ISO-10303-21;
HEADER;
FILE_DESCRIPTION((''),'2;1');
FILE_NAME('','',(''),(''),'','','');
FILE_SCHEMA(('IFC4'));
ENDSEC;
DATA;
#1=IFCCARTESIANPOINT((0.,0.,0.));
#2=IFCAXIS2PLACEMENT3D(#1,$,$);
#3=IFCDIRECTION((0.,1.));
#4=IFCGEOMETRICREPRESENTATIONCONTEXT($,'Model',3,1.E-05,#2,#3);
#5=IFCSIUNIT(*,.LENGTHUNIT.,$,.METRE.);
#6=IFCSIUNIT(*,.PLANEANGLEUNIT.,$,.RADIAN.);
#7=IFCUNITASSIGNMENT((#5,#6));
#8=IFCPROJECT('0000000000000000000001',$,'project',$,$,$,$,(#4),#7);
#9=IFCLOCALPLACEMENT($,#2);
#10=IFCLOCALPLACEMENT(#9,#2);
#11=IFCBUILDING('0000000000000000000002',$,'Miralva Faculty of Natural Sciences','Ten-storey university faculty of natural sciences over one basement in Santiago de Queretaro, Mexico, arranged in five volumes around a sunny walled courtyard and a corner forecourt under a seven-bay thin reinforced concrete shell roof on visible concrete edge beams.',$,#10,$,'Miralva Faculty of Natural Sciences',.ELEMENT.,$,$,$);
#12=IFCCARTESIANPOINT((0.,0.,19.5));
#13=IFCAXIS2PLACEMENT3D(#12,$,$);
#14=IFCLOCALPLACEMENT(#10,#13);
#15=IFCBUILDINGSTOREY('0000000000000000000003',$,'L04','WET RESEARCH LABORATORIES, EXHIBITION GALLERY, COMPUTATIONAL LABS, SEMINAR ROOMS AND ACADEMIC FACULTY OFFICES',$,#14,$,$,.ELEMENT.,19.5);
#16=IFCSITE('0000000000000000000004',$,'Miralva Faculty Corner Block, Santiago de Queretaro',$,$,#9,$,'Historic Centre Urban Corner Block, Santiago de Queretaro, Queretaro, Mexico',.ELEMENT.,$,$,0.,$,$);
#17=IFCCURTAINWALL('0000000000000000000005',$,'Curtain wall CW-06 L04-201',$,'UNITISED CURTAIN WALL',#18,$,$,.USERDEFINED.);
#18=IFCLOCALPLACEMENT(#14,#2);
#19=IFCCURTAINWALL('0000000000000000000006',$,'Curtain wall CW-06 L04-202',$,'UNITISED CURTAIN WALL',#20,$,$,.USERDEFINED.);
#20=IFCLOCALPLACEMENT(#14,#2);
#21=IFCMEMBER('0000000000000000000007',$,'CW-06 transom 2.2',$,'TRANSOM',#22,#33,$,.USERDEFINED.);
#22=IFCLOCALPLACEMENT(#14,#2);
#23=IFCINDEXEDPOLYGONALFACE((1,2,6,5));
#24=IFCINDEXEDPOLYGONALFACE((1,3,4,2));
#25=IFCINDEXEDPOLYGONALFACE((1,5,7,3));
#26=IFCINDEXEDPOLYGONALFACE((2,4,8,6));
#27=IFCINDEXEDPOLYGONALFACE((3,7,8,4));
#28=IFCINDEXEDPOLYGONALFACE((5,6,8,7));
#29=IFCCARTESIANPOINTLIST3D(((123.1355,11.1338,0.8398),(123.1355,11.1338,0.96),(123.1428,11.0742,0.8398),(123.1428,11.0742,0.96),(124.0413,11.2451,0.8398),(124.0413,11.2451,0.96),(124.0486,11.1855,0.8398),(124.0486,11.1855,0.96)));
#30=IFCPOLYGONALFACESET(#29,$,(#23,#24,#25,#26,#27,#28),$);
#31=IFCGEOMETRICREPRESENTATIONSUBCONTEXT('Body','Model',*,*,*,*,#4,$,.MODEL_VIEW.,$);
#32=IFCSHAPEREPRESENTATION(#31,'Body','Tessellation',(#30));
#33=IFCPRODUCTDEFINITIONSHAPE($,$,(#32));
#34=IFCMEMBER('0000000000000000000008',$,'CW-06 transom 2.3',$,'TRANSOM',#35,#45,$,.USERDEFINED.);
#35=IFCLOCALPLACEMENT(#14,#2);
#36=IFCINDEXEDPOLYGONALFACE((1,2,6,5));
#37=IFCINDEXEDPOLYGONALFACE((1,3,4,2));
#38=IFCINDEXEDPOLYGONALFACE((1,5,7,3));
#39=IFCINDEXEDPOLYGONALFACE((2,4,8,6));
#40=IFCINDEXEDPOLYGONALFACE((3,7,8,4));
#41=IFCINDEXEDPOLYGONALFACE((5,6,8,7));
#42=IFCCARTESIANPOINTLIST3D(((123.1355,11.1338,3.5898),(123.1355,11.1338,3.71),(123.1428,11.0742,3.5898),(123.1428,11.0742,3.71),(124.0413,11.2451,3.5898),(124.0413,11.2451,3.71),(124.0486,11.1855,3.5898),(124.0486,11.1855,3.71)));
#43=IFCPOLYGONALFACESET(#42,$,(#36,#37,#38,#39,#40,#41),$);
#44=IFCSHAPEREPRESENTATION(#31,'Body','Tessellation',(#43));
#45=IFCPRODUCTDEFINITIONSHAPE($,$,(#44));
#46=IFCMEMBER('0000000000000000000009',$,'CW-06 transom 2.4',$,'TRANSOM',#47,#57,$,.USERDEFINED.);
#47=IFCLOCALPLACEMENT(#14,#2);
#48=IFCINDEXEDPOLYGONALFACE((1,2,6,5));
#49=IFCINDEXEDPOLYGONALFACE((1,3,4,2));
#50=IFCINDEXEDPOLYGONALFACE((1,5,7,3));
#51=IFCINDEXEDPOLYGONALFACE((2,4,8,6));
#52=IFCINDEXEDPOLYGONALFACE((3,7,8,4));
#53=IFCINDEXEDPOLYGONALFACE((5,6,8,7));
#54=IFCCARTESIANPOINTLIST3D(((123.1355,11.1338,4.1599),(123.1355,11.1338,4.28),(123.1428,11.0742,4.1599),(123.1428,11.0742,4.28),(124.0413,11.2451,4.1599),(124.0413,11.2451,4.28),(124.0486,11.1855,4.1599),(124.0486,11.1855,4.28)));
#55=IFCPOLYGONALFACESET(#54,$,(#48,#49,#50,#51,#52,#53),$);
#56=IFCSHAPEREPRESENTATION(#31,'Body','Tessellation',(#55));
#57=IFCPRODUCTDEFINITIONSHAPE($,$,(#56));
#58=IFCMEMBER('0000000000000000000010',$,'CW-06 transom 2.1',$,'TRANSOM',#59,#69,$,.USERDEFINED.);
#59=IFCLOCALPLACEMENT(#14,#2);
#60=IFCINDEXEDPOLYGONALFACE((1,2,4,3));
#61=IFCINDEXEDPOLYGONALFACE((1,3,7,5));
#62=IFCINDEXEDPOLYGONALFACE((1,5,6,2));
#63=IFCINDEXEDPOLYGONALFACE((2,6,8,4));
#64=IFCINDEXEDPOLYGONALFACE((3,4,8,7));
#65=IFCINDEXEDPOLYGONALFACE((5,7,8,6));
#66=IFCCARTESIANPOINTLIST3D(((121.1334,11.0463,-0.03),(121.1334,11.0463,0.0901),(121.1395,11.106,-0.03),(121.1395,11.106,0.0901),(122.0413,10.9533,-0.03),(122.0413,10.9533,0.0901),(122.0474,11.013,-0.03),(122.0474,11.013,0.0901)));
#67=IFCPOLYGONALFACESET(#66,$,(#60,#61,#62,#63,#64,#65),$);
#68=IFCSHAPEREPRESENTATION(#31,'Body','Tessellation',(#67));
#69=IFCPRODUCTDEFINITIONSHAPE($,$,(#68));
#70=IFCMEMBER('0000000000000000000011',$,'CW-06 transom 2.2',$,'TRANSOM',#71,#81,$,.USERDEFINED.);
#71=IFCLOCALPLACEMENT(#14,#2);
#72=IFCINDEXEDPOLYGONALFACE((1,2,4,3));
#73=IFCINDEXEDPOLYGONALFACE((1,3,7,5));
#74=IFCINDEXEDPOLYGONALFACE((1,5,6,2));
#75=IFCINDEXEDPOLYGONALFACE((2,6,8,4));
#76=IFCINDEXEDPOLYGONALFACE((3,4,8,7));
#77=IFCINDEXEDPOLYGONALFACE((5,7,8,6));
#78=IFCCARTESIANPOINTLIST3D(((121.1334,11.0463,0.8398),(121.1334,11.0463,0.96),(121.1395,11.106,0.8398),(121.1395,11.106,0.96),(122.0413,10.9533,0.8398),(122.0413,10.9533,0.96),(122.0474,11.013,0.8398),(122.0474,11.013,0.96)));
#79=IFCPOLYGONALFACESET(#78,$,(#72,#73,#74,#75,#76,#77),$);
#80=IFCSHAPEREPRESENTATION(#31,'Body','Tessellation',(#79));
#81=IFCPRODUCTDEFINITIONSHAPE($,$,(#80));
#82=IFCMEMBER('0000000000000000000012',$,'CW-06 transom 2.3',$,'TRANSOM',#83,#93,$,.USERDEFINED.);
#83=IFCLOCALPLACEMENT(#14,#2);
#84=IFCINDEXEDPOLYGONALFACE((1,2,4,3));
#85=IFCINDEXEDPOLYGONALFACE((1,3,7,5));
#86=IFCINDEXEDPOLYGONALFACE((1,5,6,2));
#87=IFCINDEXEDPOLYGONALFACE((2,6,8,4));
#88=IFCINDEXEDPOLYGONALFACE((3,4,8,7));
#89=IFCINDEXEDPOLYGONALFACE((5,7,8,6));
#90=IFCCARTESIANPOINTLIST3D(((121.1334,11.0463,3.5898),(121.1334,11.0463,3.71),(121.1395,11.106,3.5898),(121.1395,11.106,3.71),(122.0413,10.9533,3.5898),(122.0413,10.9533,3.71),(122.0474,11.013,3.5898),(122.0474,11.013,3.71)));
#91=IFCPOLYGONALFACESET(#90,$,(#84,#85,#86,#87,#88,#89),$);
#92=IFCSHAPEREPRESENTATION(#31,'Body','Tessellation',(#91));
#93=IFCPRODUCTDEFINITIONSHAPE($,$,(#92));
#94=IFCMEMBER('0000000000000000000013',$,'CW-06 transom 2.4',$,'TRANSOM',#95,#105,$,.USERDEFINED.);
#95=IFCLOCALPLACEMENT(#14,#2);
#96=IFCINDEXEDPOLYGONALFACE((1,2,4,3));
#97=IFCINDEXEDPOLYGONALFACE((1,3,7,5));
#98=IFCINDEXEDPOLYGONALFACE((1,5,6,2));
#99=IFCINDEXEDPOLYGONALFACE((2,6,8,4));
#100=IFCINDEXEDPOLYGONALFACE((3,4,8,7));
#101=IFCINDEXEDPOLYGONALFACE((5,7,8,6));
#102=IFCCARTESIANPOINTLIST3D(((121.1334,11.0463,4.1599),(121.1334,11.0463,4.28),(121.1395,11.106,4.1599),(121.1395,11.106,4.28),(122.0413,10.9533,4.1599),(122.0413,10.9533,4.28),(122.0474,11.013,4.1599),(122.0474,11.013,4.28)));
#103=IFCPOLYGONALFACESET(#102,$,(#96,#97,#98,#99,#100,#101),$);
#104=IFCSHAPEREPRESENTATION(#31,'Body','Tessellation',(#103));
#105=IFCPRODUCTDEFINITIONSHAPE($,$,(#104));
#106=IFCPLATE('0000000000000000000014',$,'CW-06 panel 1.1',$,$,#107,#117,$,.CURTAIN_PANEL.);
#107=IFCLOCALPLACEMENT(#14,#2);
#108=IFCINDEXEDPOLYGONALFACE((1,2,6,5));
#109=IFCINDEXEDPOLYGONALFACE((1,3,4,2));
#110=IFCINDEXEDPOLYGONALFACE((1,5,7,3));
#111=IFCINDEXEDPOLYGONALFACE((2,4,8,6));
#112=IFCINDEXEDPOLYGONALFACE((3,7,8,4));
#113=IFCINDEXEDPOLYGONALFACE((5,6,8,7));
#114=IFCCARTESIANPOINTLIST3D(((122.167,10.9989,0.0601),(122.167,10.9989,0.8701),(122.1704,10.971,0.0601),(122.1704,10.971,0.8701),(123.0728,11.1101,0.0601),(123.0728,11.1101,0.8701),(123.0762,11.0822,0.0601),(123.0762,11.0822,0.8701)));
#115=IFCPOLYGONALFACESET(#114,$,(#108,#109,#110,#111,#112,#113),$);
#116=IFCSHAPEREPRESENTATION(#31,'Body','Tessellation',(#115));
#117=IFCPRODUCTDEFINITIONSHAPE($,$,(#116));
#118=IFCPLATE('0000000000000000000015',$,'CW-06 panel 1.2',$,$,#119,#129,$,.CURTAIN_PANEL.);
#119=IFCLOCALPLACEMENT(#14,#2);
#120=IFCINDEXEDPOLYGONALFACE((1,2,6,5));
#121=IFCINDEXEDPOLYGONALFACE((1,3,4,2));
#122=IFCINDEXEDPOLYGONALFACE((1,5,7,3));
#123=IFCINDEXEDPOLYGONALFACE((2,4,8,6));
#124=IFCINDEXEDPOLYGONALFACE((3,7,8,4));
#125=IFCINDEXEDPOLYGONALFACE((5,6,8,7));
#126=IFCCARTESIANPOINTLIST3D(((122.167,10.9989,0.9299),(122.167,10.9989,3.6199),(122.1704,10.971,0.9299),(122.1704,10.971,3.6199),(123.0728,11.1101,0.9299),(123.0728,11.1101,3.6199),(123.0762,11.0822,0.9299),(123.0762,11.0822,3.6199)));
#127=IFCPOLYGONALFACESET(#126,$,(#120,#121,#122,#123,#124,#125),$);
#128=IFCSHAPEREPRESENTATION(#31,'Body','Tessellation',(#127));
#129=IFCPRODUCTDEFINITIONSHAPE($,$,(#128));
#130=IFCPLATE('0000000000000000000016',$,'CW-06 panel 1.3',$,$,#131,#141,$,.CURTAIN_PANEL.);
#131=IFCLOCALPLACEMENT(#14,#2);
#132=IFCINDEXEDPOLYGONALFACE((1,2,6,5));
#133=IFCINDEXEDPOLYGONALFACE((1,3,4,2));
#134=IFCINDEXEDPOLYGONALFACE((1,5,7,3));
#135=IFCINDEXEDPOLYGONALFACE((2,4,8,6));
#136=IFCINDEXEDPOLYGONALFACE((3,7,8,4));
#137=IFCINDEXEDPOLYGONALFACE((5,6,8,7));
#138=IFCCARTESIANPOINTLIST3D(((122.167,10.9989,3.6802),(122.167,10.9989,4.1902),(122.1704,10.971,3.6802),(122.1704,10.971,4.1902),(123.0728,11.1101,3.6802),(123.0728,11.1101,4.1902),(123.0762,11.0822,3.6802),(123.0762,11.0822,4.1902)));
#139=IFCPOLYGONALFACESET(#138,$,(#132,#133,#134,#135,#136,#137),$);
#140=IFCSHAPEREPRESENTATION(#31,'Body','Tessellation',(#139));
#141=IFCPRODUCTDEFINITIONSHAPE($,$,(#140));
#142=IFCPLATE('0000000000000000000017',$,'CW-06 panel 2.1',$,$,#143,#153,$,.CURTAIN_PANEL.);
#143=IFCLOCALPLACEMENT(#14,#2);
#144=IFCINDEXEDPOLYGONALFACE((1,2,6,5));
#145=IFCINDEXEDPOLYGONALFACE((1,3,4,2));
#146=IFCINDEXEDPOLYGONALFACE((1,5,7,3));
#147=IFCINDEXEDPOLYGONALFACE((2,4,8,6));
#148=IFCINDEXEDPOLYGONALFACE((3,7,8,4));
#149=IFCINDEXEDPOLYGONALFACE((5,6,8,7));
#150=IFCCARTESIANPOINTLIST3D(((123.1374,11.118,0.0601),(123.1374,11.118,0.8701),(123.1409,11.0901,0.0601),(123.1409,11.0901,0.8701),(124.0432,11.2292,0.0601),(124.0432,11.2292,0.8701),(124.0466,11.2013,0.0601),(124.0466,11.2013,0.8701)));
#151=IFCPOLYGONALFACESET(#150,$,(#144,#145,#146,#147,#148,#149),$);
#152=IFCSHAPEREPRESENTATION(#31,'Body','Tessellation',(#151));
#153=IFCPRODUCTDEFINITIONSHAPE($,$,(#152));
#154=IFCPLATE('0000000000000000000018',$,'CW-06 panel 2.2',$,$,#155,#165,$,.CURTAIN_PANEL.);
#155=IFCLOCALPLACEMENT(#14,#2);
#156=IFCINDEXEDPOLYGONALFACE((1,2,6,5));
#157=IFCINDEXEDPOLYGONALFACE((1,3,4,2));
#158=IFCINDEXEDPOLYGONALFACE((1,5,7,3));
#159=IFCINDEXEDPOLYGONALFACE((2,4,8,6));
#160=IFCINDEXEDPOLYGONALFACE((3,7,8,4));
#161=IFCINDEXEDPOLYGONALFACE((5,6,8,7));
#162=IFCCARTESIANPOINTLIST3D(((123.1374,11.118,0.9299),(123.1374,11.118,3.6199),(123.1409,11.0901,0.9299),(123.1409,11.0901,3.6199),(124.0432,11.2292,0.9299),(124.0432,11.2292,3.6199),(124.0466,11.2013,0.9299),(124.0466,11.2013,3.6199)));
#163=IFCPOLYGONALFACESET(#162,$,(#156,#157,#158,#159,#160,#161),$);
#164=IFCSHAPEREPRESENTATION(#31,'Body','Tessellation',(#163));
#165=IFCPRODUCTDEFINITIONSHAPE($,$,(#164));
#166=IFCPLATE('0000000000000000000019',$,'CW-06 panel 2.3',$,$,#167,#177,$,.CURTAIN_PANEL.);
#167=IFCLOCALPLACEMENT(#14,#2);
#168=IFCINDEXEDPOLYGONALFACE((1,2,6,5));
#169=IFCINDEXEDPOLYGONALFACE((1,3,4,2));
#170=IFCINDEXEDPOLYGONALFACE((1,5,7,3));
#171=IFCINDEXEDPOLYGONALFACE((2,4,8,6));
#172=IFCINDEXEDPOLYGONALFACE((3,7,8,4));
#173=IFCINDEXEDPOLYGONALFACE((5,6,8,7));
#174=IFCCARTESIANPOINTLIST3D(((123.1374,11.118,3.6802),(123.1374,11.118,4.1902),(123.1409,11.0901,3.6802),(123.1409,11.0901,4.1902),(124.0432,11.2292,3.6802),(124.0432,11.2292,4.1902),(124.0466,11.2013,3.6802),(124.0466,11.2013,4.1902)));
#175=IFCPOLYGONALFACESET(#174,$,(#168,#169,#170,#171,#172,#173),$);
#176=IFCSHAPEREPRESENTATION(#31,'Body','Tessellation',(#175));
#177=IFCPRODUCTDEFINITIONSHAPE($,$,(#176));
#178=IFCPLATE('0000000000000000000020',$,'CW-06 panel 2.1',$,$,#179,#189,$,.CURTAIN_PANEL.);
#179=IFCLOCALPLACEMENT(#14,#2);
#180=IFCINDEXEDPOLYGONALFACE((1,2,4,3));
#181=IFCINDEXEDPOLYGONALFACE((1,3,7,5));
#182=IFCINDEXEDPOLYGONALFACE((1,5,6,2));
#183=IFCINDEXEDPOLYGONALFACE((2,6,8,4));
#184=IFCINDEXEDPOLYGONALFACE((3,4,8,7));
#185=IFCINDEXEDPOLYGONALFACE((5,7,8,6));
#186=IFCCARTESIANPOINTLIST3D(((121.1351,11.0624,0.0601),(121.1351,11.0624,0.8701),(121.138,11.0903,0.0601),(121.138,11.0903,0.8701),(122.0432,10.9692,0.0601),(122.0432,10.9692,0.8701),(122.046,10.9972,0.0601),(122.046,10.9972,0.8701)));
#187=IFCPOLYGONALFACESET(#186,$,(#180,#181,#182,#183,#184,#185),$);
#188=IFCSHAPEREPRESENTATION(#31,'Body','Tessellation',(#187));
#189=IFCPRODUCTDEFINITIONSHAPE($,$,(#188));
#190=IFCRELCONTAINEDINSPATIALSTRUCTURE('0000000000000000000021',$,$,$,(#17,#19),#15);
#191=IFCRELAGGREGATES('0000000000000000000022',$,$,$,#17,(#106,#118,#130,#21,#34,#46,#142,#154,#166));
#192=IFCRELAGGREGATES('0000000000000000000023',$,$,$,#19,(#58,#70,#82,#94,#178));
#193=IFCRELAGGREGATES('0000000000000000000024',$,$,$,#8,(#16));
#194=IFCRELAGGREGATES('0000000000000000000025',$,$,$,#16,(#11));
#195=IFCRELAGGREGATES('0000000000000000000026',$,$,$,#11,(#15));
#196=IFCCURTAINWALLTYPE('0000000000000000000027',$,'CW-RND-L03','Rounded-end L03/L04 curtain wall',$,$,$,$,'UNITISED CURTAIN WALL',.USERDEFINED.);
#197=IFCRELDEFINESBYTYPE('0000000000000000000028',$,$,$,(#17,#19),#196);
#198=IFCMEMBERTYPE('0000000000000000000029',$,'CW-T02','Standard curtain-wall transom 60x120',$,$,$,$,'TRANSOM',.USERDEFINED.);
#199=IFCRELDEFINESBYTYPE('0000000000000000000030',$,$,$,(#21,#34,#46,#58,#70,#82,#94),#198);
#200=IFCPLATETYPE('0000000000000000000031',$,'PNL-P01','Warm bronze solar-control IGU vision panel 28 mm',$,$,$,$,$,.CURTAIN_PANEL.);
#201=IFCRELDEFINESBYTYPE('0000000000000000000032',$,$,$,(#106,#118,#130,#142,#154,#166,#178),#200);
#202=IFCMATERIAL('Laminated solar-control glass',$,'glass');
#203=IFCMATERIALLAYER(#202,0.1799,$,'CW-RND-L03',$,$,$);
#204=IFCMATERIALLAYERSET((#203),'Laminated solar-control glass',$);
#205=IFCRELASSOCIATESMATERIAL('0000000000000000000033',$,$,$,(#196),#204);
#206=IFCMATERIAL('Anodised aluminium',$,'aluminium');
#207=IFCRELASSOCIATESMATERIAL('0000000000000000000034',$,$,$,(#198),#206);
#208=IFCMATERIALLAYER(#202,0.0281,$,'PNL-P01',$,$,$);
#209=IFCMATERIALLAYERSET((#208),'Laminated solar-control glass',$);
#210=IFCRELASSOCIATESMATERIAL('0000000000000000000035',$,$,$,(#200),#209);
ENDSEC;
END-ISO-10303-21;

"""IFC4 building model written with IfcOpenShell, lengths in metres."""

from ifc_helpers import new_model, si_unit, direction, frame, origin, origin_2d, place, context, subcontext, project, spatial, rectangle, extrude, material, layer, layer_set, material_profile, profile_set, type_object, element, aggregate, save


model = new_model("IFC4")

# Units and contexts
model_context = context("Model", 3, precision=1e-05, world=origin(), true_north=direction((0.0, 1.0)))
body_context = subcontext(model_context, "Body", "Model", "MODEL_VIEW")
ifc_project = project(units=[si_unit("LENGTHUNIT", "METRE"), si_unit("PLANEANGLEUNIT", "RADIAN")], contexts=[model_context])

# Site, building, storey
site_placement = place(None, origin())
site = spatial("IfcSite", under=ifc_project, at=site_placement, Name="Miralva Faculty Corner Block, Santiago de Queretaro", LongName="Historic Centre Urban Corner Block, Santiago de Queretaro, Queretaro, Mexico", CompositionType="ELEMENT", RefElevation=0.0)
building_placement = place(site_placement, origin())
building = spatial("IfcBuilding", under=site, at=building_placement, Name="Miralva Faculty of Natural Sciences", Description="Ten-storey university faculty of natural sciences over one basement in Santiago de Queretaro, Mexico, arranged in five volumes around a sunny walled courtyard and a corner forecourt under a seven-bay thin reinforced concrete shell roof on visible concrete edge beams.", LongName="Miralva Faculty of Natural Sciences", CompositionType="ELEMENT")
storey_placement = place(building_placement, frame((0.0, 0.0, 19.5)))
storey = spatial("IfcBuildingStorey", under=building, at=storey_placement, Name="L04", Description="WET RESEARCH LABORATORIES, EXHIBITION GALLERY, COMPUTATIONAL LABS, SEMINAR ROOMS AND ACADEMIC FACULTY OFFICES", CompositionType="ELEMENT", Elevation=19.5)

# Shared definitions
ifc_material_1 = material(Name="Laminated solar-control glass", Category="glass")
ifc_layer_1 = layer(ifc_material_1, 0.1799, Name="CW-RND-L03")
ifc_layer_set_1 = layer_set([ifc_layer_1], Name="Laminated solar-control glass")
curtain_wall_type = type_object("IfcCurtainWallType", Name="CW-RND-L03", Description="Rounded-end L03/L04 curtain wall", ElementType="UNITISED CURTAIN WALL", PredefinedType="USERDEFINED", material=ifc_layer_set_1)
ifc_material_2 = material(Name="Anodised aluminium", Category="aluminium")

# Curtain wall
curtain_wall_1_placement = place(storey_placement, origin())
curtain_wall_1 = element("IfcCurtainWall", 1, at=curtain_wall_1_placement, inside=storey, type_object=curtain_wall_type, Name="Curtain wall CW-06 L04-201", ObjectType="UNITISED CURTAIN WALL", PredefinedType="USERDEFINED")

# Curtain wall
curtain_wall_2_placement = place(storey_placement, origin())
curtain_wall_2 = element("IfcCurtainWall", 2, at=curtain_wall_2_placement, inside=storey, type_object=curtain_wall_type, Name="Curtain wall CW-06 L04-202", ObjectType="UNITISED CURTAIN WALL", PredefinedType="USERDEFINED")

# Members
ifc_material_profile_1 = material_profile(ifc_material_2, rectangle(XDim=0.0601, YDim=0.1201, at=origin_2d()), Name="TRANSOM 60x120")
ifc_profile_set_1 = profile_set([ifc_material_profile_1], Name="Anodised aluminium")
member_type_1 = type_object("IfcMemberType", Name="CW-T02", Description="Standard curtain-wall transom 60x120", ElementType="TRANSOM", PredefinedType="USERDEFINED", material=ifc_profile_set_1)
member_1_placement = place(storey_placement, frame((123.1392, 11.104, 0.8999), z_axis=(0.992531, 0.121993, 0.0), x_axis=(-0.121993, 0.992531, 0.0)))
member_1 = element("IfcMember", 3, at=member_1_placement, type_object=member_type_1, Name="CW-06 transom 2.2", ObjectType="TRANSOM", PredefinedType="USERDEFINED", context=body_context, shape_type="SweptSolid", body=[
    extrude(rectangle(XDim=0.0601, YDim=0.1201, at=origin_2d()), origin(), (0.0, 0.0, 1.0), 0.9126),
])
member_2_placement = place(storey_placement, frame((123.1392, 11.104, 3.6499), z_axis=(0.992531, 0.121993, 0.0), x_axis=(-0.121993, 0.992531, 0.0)))
member_2 = element("IfcMember", 4, at=member_2_placement, type_object=member_type_1, Name="CW-06 transom 2.3", ObjectType="TRANSOM", PredefinedType="USERDEFINED", context=body_context, shape_type="SweptSolid", body=[
    extrude(rectangle(XDim=0.0601, YDim=0.1201, at=origin_2d()), origin(), (0.0, 0.0, 1.0), 0.9126),
])
member_3_placement = place(storey_placement, frame((123.1392, 11.104, 4.22), z_axis=(0.992531, 0.121993, 0.0), x_axis=(-0.121993, 0.992531, 0.0)))
member_3 = element("IfcMember", 5, at=member_3_placement, type_object=member_type_1, Name="CW-06 transom 2.4", ObjectType="TRANSOM", PredefinedType="USERDEFINED", context=body_context, shape_type="SweptSolid", body=[
    extrude(rectangle(XDim=0.0601, YDim=0.1201, at=origin_2d()), origin(), (0.0, 0.0, 1.0), 0.9126),
])
member_4_placement = place(storey_placement, frame((121.1365, 11.0762, 0.03), z_axis=(0.994793, -0.101913, 0.0), x_axis=(0.101913, 0.994793, 0.0)))
member_4 = element("IfcMember", 6, at=member_4_placement, type_object=member_type_1, Name="CW-06 transom 2.1", ObjectType="TRANSOM", PredefinedType="USERDEFINED", context=body_context, shape_type="SweptSolid", body=[
    extrude(rectangle(XDim=0.0601, YDim=0.1201, at=origin_2d()), origin(), (0.0, 0.0, 1.0), 0.9126),
])
member_5_placement = place(storey_placement, frame((121.1365, 11.0762, 0.8999), z_axis=(0.994793, -0.101913, 0.0), x_axis=(0.101913, 0.994793, 0.0)))
member_5 = element("IfcMember", 7, at=member_5_placement, type_object=member_type_1, Name="CW-06 transom 2.2", ObjectType="TRANSOM", PredefinedType="USERDEFINED", context=body_context, shape_type="SweptSolid", body=[
    extrude(rectangle(XDim=0.0601, YDim=0.1201, at=origin_2d()), origin(), (0.0, 0.0, 1.0), 0.9126),
])
member_6_placement = place(storey_placement, frame((121.1365, 11.0762, 3.6499), z_axis=(0.994793, -0.101913, 0.0), x_axis=(0.101913, 0.994793, 0.0)))
member_6 = element("IfcMember", 8, at=member_6_placement, type_object=member_type_1, Name="CW-06 transom 2.3", ObjectType="TRANSOM", PredefinedType="USERDEFINED", context=body_context, shape_type="SweptSolid", body=[
    extrude(rectangle(XDim=0.0601, YDim=0.1201, at=origin_2d()), origin(), (0.0, 0.0, 1.0), 0.9126),
])
member_7_placement = place(storey_placement, frame((121.1365, 11.0762, 4.22), z_axis=(0.994793, -0.101913, 0.0), x_axis=(0.101913, 0.994793, 0.0)))
member_7 = element("IfcMember", 9, at=member_7_placement, type_object=member_type_1, Name="CW-06 transom 2.4", ObjectType="TRANSOM", PredefinedType="USERDEFINED", context=body_context, shape_type="SweptSolid", body=[
    extrude(rectangle(XDim=0.0601, YDim=0.1201, at=origin_2d()), origin(), (0.0, 0.0, 1.0), 0.9126),
])

# Plates
ifc_layer_2 = layer(ifc_material_1, 0.0281, Name="PNL-P01")
ifc_layer_set_2 = layer_set([ifc_layer_2], Name="Laminated solar-control glass")
plate_type = type_object("IfcPlateType", Name="PNL-P01", Description="Warm bronze solar-control IGU vision panel 28 mm", PredefinedType="CURTAIN_PANEL", material=ifc_layer_set_2)
plate_1_placement = place(storey_placement, frame((122.6216, 11.0405, 0.0601), z_axis=(0.0, 0.0, 1.0), x_axis=(0.992547, 0.12186, 0.0)))
plate_1 = element("IfcPlate", 10, at=plate_1_placement, type_object=plate_type, Name="CW-06 panel 1.1", PredefinedType="CURTAIN_PANEL", context=body_context, shape_type="SweptSolid", body=[
    extrude(rectangle(XDim=0.9126, YDim=0.0281, at=origin_2d()), origin(), (0.0, 0.0, 1.0), 0.8101),
])
plate_2_placement = place(storey_placement, frame((122.6216, 11.0405, 0.9299), z_axis=(0.0, 0.0, 1.0), x_axis=(0.992547, 0.12186, 0.0)))
plate_2 = element("IfcPlate", 11, at=plate_2_placement, type_object=plate_type, Name="CW-06 panel 1.2", PredefinedType="CURTAIN_PANEL", context=body_context, shape_type="SweptSolid", body=[
    extrude(rectangle(XDim=0.9126, YDim=0.0281, at=origin_2d()), origin(), (0.0, 0.0, 1.0), 2.6899),
])
plate_3_placement = place(storey_placement, frame((122.6216, 11.0405, 3.6802), z_axis=(0.0, 0.0, 1.0), x_axis=(0.992547, 0.12186, 0.0)))
plate_3 = element("IfcPlate", 12, at=plate_3_placement, type_object=plate_type, Name="CW-06 panel 1.3", PredefinedType="CURTAIN_PANEL", context=body_context, shape_type="SweptSolid", body=[
    extrude(rectangle(XDim=0.9126, YDim=0.0281, at=origin_2d()), origin(), (0.0, 0.0, 1.0), 0.51),
])
plate_4_placement = place(storey_placement, frame((123.592, 11.1597, 0.0601), z_axis=(0.0, 0.0, 1.0), x_axis=(0.992547, 0.12186, 0.0)))
plate_4 = element("IfcPlate", 13, at=plate_4_placement, type_object=plate_type, Name="CW-06 panel 2.1", PredefinedType="CURTAIN_PANEL", context=body_context, shape_type="SweptSolid", body=[
    extrude(rectangle(XDim=0.9126, YDim=0.0281, at=origin_2d()), origin(), (0.0, 0.0, 1.0), 0.8101),
])
plate_5_placement = place(storey_placement, frame((123.592, 11.1597, 0.9299), z_axis=(0.0, 0.0, 1.0), x_axis=(0.992547, 0.12186, 0.0)))
plate_5 = element("IfcPlate", 14, at=plate_5_placement, type_object=plate_type, Name="CW-06 panel 2.2", PredefinedType="CURTAIN_PANEL", context=body_context, shape_type="SweptSolid", body=[
    extrude(rectangle(XDim=0.9126, YDim=0.0281, at=origin_2d()), origin(), (0.0, 0.0, 1.0), 2.6899),
])
plate_6_placement = place(storey_placement, frame((123.592, 11.1597, 3.6802), z_axis=(0.0, 0.0, 1.0), x_axis=(0.992547, 0.12186, 0.0)))
plate_6 = element("IfcPlate", 15, at=plate_6_placement, type_object=plate_type, Name="CW-06 panel 2.3", PredefinedType="CURTAIN_PANEL", context=body_context, shape_type="SweptSolid", body=[
    extrude(rectangle(XDim=0.9126, YDim=0.0281, at=origin_2d()), origin(), (0.0, 0.0, 1.0), 0.51),
])
aggregate(curtain_wall_1, [plate_1, plate_2, plate_3, member_1, member_2, member_3, plate_4, plate_5, plate_6])
plate_7_placement = place(storey_placement, frame((121.5906, 11.0298, 0.0601), z_axis=(0.0, 0.0, 1.0), x_axis=(0.994779, -0.102056, 0.0)))
plate_7 = element("IfcPlate", 16, at=plate_7_placement, type_object=plate_type, Name="CW-06 panel 2.1", PredefinedType="CURTAIN_PANEL", context=body_context, shape_type="SweptSolid", body=[
    extrude(rectangle(XDim=0.9128, YDim=0.0281, at=origin_2d()), origin(), (0.0, 0.0, 1.0), 0.8101),
])
aggregate(curtain_wall_2, [member_4, member_5, member_6, member_7, plate_7])

save(model, "model.ifc")
